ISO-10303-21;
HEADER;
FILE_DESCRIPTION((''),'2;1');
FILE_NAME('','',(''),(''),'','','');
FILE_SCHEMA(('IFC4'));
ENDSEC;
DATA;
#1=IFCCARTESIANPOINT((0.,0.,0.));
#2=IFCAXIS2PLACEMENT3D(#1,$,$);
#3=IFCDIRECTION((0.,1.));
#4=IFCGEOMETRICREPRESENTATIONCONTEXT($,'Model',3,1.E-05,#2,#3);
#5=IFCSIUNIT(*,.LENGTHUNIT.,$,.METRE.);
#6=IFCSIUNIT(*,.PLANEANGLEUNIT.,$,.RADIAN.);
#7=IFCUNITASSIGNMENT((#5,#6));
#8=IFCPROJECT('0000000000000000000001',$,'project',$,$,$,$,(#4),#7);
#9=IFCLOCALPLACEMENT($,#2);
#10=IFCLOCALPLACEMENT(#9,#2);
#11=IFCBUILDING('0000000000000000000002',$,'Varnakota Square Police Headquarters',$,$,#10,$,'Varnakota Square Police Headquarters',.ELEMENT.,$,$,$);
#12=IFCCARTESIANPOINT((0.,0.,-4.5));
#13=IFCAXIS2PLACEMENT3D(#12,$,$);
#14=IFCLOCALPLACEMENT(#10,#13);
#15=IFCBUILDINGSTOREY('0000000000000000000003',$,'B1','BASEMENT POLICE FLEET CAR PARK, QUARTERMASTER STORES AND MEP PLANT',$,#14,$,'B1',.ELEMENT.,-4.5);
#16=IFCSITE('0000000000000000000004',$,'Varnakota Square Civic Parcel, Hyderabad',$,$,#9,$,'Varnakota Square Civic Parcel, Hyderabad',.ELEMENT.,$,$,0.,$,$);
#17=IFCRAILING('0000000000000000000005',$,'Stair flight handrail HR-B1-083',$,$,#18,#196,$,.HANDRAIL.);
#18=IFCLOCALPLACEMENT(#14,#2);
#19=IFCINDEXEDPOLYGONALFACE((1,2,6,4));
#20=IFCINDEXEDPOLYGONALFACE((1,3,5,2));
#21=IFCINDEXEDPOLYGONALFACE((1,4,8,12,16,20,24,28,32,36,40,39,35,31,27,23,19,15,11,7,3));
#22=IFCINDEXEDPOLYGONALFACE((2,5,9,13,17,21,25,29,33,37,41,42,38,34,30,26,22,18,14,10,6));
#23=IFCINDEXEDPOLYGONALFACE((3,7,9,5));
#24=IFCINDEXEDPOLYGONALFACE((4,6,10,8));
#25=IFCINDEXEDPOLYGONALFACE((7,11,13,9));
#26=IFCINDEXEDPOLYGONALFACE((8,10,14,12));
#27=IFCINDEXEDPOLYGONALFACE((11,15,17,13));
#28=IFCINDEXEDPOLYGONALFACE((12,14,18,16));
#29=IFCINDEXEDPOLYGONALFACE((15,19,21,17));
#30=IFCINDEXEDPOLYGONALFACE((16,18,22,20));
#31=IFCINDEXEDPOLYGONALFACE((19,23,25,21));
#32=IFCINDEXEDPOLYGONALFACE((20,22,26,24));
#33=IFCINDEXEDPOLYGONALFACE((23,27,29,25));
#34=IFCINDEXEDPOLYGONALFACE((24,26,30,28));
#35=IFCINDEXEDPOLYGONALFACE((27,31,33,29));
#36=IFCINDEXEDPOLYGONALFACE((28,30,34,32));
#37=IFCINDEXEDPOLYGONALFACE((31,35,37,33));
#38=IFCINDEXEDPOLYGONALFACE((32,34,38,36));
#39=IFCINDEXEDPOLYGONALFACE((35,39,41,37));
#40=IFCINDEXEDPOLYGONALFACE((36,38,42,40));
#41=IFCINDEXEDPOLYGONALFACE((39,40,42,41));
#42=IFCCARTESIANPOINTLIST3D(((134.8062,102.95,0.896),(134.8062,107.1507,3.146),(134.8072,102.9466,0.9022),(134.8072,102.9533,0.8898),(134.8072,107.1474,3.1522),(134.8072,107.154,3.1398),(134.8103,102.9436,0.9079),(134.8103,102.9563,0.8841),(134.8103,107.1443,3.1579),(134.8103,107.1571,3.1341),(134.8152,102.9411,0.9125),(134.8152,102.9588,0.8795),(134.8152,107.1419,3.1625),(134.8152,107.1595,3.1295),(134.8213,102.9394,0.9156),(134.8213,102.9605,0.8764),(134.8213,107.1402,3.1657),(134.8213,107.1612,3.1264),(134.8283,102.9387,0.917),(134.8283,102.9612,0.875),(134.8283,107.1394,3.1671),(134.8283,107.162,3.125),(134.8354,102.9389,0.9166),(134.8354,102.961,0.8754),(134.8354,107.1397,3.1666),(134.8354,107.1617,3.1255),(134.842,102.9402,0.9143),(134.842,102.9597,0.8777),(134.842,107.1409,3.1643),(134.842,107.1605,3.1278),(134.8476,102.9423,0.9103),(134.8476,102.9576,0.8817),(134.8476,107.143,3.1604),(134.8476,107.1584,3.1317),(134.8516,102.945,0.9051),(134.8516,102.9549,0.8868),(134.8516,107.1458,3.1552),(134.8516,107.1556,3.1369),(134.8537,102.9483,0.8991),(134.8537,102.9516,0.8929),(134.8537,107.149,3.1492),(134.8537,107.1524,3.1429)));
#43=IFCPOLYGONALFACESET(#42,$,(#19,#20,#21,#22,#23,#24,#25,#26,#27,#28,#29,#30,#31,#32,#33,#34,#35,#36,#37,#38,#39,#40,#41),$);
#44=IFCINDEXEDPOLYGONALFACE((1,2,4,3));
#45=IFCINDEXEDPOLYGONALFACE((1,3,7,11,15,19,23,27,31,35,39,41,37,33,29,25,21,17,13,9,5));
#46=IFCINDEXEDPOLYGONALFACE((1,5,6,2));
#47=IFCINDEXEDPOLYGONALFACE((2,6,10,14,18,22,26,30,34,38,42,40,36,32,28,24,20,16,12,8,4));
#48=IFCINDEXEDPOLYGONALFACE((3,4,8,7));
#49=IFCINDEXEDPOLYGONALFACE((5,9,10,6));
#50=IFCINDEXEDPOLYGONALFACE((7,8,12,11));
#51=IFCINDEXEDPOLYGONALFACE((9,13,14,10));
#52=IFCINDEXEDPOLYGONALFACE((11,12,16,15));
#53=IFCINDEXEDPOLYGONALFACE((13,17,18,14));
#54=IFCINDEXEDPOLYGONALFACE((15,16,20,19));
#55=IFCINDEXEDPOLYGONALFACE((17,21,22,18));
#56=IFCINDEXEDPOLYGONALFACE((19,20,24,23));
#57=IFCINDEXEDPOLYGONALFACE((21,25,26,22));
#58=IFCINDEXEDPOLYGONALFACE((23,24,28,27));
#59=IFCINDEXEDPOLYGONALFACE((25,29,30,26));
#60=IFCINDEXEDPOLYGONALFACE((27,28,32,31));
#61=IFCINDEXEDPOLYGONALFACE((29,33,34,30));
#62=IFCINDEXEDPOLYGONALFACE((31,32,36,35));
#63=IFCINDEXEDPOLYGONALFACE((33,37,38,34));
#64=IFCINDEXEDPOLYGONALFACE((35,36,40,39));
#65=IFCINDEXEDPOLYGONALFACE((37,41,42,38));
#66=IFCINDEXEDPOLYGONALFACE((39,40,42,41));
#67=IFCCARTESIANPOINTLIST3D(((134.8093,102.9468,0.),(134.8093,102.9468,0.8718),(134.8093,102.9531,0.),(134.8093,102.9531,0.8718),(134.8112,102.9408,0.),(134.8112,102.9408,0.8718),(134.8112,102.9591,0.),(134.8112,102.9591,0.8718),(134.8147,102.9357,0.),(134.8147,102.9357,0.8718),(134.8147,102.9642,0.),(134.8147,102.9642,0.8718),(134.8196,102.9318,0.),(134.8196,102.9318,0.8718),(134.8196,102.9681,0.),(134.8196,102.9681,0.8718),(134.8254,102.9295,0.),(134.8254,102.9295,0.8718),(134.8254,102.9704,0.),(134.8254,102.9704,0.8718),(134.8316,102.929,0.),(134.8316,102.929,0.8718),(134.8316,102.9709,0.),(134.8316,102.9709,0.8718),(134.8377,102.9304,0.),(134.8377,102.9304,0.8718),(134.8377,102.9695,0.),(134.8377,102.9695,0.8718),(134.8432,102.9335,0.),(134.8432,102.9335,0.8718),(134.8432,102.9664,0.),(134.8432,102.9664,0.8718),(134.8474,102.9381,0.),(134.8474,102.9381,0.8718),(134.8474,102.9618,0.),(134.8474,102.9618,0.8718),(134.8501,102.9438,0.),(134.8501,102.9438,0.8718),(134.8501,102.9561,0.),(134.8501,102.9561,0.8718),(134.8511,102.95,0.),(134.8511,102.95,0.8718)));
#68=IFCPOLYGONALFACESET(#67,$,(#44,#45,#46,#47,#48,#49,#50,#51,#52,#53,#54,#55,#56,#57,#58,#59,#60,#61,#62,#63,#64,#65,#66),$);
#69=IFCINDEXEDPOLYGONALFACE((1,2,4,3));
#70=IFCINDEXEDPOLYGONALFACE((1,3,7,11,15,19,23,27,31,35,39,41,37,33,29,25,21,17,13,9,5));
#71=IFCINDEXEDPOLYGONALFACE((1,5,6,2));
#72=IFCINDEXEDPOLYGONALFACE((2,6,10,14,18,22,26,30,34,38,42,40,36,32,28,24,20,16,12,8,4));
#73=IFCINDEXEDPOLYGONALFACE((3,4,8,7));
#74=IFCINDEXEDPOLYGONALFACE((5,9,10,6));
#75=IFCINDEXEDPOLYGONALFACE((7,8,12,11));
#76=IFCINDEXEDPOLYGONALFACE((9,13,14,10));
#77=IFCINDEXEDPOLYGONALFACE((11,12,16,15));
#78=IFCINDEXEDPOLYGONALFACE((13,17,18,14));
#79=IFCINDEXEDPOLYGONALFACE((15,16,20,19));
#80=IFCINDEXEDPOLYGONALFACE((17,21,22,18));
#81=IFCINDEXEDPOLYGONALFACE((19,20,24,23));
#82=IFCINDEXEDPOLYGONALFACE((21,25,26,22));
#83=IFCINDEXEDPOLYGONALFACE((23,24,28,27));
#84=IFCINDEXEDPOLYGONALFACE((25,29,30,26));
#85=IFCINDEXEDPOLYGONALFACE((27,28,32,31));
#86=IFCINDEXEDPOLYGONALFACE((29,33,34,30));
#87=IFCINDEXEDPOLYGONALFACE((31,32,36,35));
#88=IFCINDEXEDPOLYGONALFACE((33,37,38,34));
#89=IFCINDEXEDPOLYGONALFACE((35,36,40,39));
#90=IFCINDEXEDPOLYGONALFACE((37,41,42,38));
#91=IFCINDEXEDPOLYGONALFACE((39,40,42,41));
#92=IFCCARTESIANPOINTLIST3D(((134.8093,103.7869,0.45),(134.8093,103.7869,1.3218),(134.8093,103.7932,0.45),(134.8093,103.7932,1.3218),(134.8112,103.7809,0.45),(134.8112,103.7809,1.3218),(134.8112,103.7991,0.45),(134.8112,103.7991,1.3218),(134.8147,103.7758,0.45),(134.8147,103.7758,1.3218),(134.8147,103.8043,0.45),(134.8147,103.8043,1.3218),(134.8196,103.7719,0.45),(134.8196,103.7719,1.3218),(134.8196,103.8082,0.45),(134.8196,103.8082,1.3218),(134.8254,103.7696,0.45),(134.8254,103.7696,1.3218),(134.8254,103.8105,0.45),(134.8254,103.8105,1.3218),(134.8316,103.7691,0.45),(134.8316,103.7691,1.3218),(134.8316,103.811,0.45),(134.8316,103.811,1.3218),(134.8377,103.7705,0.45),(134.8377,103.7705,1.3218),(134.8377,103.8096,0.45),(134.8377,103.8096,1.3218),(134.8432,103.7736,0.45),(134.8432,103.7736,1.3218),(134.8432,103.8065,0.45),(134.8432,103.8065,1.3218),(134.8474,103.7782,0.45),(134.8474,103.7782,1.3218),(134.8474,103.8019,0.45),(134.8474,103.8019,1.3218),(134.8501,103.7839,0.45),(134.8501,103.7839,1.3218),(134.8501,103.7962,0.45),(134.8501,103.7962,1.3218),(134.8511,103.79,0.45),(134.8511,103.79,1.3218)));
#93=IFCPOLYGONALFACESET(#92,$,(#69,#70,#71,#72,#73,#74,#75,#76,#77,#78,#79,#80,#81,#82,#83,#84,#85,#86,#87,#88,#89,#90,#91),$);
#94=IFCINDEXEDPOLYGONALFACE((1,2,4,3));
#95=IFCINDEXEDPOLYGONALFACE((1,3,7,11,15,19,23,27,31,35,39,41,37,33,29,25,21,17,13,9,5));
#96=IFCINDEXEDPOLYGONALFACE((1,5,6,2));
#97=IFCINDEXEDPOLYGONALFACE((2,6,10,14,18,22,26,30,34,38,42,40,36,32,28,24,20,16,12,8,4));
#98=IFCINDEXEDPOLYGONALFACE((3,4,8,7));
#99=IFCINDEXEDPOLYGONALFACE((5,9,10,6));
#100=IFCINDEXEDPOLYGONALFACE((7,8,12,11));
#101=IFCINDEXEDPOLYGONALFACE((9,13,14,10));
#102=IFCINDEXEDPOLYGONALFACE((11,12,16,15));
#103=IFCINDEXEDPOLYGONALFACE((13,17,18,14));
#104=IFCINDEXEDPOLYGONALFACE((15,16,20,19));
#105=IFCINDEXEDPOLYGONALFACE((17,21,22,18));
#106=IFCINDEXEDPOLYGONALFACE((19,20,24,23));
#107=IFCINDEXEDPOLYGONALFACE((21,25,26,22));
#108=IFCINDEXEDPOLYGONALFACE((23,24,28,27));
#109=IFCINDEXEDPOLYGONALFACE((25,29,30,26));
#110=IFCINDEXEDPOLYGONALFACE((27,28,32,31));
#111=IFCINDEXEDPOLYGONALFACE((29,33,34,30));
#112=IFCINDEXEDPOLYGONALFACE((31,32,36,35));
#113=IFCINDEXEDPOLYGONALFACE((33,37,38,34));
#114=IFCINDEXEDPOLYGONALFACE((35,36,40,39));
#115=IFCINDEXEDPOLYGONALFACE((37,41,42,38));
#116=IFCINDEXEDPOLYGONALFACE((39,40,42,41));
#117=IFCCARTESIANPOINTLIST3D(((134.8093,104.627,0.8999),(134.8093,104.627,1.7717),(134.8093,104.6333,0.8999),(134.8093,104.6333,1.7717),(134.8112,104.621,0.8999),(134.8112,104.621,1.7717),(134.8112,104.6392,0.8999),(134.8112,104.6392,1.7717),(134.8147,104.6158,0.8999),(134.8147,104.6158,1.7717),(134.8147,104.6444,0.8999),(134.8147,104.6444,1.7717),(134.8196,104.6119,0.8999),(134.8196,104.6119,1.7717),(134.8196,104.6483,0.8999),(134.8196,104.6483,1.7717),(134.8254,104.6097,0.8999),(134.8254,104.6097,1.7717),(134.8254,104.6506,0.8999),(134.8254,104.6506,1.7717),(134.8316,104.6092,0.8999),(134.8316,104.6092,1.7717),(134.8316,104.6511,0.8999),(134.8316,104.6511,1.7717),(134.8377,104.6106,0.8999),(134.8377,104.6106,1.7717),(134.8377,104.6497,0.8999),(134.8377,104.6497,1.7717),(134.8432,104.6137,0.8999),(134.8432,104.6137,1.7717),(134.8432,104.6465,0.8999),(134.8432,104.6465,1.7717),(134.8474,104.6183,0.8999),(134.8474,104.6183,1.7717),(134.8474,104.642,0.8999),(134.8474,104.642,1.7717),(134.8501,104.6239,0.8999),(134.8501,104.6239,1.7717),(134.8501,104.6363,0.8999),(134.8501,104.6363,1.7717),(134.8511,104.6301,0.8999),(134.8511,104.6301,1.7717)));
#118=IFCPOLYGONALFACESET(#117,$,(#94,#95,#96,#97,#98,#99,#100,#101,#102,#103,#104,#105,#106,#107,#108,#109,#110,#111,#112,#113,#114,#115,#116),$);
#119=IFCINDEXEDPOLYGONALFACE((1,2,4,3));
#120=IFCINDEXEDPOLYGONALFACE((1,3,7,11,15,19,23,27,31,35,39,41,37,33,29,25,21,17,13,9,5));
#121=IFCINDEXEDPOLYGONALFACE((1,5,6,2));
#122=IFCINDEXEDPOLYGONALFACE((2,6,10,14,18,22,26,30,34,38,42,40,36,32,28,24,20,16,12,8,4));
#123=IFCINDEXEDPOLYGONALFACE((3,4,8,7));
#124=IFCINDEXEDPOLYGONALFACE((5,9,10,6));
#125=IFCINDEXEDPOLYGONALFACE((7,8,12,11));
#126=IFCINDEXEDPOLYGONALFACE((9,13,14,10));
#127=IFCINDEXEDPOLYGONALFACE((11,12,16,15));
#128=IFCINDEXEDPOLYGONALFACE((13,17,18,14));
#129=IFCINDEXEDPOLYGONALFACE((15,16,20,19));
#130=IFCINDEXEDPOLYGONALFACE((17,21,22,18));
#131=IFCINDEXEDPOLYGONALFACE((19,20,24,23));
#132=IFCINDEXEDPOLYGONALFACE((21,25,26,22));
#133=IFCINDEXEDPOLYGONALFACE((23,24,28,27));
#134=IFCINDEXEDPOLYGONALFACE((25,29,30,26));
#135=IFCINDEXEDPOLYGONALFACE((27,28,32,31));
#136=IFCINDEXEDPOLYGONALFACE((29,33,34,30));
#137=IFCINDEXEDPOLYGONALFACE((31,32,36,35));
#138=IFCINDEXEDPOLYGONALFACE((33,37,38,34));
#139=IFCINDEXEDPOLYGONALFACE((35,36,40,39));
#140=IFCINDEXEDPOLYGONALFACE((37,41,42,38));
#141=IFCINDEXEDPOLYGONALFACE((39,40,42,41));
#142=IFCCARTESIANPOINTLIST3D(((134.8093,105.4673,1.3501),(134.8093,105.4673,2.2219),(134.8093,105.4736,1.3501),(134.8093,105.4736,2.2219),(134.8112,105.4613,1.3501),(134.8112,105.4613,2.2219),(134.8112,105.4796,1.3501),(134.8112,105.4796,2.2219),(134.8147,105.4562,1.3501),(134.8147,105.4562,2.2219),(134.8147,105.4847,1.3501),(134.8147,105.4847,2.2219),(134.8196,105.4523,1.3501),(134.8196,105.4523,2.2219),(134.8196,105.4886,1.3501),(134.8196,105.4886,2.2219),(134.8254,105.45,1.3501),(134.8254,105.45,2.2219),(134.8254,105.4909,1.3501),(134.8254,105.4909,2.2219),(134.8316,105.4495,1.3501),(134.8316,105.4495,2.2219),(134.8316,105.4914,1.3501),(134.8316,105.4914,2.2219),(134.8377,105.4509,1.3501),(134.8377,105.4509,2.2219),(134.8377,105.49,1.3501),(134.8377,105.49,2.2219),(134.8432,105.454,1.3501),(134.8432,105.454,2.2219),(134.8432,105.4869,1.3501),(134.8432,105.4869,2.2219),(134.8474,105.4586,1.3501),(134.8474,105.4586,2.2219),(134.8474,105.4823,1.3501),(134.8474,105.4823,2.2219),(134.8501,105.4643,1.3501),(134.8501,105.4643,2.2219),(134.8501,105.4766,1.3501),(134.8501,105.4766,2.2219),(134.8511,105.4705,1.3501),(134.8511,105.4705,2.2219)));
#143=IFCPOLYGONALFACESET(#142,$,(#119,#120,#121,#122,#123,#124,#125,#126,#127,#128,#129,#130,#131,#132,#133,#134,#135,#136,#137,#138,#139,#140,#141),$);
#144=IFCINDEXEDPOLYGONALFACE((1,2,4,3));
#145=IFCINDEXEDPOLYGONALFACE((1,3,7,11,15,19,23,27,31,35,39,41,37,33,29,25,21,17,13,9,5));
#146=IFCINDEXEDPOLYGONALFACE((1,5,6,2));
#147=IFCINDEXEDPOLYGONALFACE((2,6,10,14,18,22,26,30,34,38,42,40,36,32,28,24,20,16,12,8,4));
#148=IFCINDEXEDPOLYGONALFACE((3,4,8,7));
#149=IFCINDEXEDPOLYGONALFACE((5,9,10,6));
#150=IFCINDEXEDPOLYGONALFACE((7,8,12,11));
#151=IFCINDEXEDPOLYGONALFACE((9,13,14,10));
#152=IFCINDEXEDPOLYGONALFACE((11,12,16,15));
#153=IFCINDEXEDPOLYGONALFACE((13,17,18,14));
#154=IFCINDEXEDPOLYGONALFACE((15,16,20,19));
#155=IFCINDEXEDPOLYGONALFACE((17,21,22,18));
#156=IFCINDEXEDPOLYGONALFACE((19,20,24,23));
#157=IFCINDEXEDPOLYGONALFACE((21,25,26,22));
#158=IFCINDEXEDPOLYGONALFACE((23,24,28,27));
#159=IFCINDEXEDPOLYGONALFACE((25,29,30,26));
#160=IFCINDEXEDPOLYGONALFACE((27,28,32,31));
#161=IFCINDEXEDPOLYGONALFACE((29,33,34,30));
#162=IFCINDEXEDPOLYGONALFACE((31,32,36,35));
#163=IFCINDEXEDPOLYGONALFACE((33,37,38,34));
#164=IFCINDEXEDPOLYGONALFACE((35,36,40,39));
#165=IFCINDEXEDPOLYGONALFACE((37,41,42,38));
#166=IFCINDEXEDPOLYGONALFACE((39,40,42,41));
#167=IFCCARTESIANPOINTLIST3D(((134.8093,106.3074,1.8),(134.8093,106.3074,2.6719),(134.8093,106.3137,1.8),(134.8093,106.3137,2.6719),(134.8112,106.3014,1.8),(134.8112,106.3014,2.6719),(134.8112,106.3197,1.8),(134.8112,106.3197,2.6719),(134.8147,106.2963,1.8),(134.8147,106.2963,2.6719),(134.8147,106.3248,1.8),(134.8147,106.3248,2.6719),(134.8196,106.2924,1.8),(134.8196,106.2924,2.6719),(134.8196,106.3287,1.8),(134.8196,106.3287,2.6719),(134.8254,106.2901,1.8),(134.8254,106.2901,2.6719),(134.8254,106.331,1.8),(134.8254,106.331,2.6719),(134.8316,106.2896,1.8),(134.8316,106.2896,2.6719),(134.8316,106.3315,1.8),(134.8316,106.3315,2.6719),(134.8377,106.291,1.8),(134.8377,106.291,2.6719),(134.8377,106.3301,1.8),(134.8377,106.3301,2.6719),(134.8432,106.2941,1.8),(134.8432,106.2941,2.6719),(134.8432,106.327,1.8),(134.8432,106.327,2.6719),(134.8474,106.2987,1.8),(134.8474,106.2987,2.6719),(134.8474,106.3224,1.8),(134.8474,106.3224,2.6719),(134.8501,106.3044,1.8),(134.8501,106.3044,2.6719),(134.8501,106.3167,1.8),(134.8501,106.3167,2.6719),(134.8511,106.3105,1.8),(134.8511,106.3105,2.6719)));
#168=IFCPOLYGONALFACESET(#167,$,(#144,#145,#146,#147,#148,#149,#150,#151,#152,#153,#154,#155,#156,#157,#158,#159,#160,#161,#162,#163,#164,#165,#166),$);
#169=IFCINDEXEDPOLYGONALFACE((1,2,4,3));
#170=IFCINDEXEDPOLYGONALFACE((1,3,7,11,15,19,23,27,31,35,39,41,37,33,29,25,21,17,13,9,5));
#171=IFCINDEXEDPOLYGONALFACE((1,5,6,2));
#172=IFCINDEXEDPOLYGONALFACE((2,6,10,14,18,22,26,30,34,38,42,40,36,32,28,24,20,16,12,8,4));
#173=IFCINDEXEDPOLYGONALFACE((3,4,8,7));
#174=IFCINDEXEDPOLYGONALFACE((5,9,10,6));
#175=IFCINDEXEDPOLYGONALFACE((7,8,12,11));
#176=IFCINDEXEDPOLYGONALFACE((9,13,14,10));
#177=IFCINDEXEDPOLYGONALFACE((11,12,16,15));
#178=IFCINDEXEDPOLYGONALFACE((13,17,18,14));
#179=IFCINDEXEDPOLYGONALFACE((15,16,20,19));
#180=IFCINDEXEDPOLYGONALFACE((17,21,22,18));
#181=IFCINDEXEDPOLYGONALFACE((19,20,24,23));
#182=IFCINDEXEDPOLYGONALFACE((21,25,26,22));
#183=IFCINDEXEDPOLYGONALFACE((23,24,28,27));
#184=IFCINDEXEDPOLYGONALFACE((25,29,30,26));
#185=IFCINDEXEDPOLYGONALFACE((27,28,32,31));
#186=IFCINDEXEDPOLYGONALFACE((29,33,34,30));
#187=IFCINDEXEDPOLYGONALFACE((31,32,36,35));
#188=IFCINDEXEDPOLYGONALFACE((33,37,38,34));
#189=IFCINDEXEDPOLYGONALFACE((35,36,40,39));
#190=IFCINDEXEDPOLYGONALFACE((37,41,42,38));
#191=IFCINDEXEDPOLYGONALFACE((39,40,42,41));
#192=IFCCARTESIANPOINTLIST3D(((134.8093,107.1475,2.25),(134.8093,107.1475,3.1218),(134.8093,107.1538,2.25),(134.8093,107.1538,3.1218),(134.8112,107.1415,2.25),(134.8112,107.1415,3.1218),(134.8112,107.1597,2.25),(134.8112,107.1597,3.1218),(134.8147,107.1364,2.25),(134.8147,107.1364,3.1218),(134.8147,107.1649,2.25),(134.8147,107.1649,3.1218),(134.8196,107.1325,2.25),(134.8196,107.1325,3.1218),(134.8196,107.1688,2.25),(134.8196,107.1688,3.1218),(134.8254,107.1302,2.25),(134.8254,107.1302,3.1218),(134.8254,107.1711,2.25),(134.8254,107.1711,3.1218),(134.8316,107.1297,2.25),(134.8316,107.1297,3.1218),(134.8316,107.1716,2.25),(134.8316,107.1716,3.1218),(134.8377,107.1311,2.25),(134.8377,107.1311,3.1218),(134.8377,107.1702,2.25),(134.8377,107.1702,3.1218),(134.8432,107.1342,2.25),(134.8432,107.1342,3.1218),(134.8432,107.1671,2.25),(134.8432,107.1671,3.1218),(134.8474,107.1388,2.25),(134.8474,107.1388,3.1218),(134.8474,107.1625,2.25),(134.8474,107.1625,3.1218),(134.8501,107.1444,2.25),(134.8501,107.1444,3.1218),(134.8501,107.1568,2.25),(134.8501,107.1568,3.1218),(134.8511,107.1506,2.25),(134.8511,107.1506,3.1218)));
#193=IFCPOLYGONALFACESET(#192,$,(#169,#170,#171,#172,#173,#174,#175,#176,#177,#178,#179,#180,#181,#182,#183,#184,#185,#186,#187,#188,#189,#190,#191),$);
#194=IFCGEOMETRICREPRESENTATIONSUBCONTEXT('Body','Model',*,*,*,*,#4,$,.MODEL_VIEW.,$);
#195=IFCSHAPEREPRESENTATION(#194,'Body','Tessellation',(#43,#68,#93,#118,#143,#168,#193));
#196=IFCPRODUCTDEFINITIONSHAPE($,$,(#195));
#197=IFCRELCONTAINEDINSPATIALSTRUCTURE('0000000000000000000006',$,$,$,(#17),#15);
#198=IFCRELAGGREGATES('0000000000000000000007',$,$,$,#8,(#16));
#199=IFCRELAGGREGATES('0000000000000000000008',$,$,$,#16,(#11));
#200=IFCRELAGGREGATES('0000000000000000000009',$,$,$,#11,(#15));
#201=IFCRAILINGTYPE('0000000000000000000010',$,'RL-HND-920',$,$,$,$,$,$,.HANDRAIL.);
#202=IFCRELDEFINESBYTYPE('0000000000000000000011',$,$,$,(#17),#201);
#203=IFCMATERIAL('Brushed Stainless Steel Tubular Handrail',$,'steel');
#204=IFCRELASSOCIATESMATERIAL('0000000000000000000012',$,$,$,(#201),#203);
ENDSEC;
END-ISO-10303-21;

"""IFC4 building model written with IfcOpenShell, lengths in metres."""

from ifc_helpers import new_model, si_unit, direction, frame, origin, origin_2d, place, context, subcontext, project, spatial, circle, extrude, material, type_object, element, save


model = new_model("IFC4")

# Units and contexts
model_context = context("Model", 3, precision=1e-05, world=origin(), true_north=direction((0.0, 1.0)))
body_context = subcontext(model_context, "Body", "Model", "MODEL_VIEW")
ifc_project = project(units=[si_unit("LENGTHUNIT", "METRE"), si_unit("PLANEANGLEUNIT", "RADIAN")], contexts=[model_context])

# Site, building, storey
site_placement = place(None, origin())
site = spatial("IfcSite", under=ifc_project, at=site_placement, Name="Varnakota Square Civic Parcel, Hyderabad", LongName="Varnakota Square Civic Parcel, Hyderabad", CompositionType="ELEMENT", RefElevation=0.0)
building_placement = place(site_placement, origin())
building = spatial("IfcBuilding", under=site, at=building_placement, Name="Varnakota Square Police Headquarters", LongName="Varnakota Square Police Headquarters", CompositionType="ELEMENT")
storey_placement = place(building_placement, frame((0.0, 0.0, -4.5)))
storey = spatial("IfcBuildingStorey", under=building, at=storey_placement, Name="B1", Description="BASEMENT POLICE FLEET CAR PARK, QUARTERMASTER STORES AND MEP PLANT", LongName="B1", CompositionType="ELEMENT", Elevation=-4.5)

# Railing
ifc_material_1 = material(Name="Brushed Stainless Steel Tubular Handrail", Category="steel")
railing_type_1 = type_object("IfcRailingType", Name="RL-HND-920", PredefinedType="HANDRAIL", material=ifc_material_1)
railing_1_placement = place(storey_placement, frame((134.8301, 102.95, 0.0)))
element("IfcRailing", 1, at=railing_1_placement, inside=storey, type_object=railing_type_1, Name="Stair flight handrail HR-B1-083", PredefinedType="HANDRAIL", context=body_context, shape_type="SweptSolid", body=[
    extrude(circle(Radius=0.0239, at=origin_2d()), frame((0.0, 0.0, 0.896), z_axis=(0.0, 0.881512, 0.472162), x_axis=(-1.0, 0.0, 0.0)), (0.0, 0.0, 1.0), 4.7654),
    extrude(circle(Radius=0.021, at=origin_2d()), origin(), (0.0, 0.0, 1.0), 0.8718),
    extrude(circle(Radius=0.021, at=origin_2d()), frame((0.0, 0.8401, 0.45)), (0.0, 0.0, 1.0), 0.8718),
    extrude(circle(Radius=0.021, at=origin_2d()), frame((0.0, 1.6802, 0.8999)), (0.0, 0.0, 1.0), 0.8718),
    extrude(circle(Radius=0.021, at=origin_2d()), frame((0.0, 2.5205, 1.3501)), (0.0, 0.0, 1.0), 0.8718),
    extrude(circle(Radius=0.021, at=origin_2d()), frame((0.0, 3.3606, 1.8)), (0.0, 0.0, 1.0), 0.8718),
    extrude(circle(Radius=0.021, at=origin_2d()), frame((0.0, 4.2007, 2.25)), (0.0, 0.0, 1.0), 0.8718),
])

save(model, "model.ifc")
